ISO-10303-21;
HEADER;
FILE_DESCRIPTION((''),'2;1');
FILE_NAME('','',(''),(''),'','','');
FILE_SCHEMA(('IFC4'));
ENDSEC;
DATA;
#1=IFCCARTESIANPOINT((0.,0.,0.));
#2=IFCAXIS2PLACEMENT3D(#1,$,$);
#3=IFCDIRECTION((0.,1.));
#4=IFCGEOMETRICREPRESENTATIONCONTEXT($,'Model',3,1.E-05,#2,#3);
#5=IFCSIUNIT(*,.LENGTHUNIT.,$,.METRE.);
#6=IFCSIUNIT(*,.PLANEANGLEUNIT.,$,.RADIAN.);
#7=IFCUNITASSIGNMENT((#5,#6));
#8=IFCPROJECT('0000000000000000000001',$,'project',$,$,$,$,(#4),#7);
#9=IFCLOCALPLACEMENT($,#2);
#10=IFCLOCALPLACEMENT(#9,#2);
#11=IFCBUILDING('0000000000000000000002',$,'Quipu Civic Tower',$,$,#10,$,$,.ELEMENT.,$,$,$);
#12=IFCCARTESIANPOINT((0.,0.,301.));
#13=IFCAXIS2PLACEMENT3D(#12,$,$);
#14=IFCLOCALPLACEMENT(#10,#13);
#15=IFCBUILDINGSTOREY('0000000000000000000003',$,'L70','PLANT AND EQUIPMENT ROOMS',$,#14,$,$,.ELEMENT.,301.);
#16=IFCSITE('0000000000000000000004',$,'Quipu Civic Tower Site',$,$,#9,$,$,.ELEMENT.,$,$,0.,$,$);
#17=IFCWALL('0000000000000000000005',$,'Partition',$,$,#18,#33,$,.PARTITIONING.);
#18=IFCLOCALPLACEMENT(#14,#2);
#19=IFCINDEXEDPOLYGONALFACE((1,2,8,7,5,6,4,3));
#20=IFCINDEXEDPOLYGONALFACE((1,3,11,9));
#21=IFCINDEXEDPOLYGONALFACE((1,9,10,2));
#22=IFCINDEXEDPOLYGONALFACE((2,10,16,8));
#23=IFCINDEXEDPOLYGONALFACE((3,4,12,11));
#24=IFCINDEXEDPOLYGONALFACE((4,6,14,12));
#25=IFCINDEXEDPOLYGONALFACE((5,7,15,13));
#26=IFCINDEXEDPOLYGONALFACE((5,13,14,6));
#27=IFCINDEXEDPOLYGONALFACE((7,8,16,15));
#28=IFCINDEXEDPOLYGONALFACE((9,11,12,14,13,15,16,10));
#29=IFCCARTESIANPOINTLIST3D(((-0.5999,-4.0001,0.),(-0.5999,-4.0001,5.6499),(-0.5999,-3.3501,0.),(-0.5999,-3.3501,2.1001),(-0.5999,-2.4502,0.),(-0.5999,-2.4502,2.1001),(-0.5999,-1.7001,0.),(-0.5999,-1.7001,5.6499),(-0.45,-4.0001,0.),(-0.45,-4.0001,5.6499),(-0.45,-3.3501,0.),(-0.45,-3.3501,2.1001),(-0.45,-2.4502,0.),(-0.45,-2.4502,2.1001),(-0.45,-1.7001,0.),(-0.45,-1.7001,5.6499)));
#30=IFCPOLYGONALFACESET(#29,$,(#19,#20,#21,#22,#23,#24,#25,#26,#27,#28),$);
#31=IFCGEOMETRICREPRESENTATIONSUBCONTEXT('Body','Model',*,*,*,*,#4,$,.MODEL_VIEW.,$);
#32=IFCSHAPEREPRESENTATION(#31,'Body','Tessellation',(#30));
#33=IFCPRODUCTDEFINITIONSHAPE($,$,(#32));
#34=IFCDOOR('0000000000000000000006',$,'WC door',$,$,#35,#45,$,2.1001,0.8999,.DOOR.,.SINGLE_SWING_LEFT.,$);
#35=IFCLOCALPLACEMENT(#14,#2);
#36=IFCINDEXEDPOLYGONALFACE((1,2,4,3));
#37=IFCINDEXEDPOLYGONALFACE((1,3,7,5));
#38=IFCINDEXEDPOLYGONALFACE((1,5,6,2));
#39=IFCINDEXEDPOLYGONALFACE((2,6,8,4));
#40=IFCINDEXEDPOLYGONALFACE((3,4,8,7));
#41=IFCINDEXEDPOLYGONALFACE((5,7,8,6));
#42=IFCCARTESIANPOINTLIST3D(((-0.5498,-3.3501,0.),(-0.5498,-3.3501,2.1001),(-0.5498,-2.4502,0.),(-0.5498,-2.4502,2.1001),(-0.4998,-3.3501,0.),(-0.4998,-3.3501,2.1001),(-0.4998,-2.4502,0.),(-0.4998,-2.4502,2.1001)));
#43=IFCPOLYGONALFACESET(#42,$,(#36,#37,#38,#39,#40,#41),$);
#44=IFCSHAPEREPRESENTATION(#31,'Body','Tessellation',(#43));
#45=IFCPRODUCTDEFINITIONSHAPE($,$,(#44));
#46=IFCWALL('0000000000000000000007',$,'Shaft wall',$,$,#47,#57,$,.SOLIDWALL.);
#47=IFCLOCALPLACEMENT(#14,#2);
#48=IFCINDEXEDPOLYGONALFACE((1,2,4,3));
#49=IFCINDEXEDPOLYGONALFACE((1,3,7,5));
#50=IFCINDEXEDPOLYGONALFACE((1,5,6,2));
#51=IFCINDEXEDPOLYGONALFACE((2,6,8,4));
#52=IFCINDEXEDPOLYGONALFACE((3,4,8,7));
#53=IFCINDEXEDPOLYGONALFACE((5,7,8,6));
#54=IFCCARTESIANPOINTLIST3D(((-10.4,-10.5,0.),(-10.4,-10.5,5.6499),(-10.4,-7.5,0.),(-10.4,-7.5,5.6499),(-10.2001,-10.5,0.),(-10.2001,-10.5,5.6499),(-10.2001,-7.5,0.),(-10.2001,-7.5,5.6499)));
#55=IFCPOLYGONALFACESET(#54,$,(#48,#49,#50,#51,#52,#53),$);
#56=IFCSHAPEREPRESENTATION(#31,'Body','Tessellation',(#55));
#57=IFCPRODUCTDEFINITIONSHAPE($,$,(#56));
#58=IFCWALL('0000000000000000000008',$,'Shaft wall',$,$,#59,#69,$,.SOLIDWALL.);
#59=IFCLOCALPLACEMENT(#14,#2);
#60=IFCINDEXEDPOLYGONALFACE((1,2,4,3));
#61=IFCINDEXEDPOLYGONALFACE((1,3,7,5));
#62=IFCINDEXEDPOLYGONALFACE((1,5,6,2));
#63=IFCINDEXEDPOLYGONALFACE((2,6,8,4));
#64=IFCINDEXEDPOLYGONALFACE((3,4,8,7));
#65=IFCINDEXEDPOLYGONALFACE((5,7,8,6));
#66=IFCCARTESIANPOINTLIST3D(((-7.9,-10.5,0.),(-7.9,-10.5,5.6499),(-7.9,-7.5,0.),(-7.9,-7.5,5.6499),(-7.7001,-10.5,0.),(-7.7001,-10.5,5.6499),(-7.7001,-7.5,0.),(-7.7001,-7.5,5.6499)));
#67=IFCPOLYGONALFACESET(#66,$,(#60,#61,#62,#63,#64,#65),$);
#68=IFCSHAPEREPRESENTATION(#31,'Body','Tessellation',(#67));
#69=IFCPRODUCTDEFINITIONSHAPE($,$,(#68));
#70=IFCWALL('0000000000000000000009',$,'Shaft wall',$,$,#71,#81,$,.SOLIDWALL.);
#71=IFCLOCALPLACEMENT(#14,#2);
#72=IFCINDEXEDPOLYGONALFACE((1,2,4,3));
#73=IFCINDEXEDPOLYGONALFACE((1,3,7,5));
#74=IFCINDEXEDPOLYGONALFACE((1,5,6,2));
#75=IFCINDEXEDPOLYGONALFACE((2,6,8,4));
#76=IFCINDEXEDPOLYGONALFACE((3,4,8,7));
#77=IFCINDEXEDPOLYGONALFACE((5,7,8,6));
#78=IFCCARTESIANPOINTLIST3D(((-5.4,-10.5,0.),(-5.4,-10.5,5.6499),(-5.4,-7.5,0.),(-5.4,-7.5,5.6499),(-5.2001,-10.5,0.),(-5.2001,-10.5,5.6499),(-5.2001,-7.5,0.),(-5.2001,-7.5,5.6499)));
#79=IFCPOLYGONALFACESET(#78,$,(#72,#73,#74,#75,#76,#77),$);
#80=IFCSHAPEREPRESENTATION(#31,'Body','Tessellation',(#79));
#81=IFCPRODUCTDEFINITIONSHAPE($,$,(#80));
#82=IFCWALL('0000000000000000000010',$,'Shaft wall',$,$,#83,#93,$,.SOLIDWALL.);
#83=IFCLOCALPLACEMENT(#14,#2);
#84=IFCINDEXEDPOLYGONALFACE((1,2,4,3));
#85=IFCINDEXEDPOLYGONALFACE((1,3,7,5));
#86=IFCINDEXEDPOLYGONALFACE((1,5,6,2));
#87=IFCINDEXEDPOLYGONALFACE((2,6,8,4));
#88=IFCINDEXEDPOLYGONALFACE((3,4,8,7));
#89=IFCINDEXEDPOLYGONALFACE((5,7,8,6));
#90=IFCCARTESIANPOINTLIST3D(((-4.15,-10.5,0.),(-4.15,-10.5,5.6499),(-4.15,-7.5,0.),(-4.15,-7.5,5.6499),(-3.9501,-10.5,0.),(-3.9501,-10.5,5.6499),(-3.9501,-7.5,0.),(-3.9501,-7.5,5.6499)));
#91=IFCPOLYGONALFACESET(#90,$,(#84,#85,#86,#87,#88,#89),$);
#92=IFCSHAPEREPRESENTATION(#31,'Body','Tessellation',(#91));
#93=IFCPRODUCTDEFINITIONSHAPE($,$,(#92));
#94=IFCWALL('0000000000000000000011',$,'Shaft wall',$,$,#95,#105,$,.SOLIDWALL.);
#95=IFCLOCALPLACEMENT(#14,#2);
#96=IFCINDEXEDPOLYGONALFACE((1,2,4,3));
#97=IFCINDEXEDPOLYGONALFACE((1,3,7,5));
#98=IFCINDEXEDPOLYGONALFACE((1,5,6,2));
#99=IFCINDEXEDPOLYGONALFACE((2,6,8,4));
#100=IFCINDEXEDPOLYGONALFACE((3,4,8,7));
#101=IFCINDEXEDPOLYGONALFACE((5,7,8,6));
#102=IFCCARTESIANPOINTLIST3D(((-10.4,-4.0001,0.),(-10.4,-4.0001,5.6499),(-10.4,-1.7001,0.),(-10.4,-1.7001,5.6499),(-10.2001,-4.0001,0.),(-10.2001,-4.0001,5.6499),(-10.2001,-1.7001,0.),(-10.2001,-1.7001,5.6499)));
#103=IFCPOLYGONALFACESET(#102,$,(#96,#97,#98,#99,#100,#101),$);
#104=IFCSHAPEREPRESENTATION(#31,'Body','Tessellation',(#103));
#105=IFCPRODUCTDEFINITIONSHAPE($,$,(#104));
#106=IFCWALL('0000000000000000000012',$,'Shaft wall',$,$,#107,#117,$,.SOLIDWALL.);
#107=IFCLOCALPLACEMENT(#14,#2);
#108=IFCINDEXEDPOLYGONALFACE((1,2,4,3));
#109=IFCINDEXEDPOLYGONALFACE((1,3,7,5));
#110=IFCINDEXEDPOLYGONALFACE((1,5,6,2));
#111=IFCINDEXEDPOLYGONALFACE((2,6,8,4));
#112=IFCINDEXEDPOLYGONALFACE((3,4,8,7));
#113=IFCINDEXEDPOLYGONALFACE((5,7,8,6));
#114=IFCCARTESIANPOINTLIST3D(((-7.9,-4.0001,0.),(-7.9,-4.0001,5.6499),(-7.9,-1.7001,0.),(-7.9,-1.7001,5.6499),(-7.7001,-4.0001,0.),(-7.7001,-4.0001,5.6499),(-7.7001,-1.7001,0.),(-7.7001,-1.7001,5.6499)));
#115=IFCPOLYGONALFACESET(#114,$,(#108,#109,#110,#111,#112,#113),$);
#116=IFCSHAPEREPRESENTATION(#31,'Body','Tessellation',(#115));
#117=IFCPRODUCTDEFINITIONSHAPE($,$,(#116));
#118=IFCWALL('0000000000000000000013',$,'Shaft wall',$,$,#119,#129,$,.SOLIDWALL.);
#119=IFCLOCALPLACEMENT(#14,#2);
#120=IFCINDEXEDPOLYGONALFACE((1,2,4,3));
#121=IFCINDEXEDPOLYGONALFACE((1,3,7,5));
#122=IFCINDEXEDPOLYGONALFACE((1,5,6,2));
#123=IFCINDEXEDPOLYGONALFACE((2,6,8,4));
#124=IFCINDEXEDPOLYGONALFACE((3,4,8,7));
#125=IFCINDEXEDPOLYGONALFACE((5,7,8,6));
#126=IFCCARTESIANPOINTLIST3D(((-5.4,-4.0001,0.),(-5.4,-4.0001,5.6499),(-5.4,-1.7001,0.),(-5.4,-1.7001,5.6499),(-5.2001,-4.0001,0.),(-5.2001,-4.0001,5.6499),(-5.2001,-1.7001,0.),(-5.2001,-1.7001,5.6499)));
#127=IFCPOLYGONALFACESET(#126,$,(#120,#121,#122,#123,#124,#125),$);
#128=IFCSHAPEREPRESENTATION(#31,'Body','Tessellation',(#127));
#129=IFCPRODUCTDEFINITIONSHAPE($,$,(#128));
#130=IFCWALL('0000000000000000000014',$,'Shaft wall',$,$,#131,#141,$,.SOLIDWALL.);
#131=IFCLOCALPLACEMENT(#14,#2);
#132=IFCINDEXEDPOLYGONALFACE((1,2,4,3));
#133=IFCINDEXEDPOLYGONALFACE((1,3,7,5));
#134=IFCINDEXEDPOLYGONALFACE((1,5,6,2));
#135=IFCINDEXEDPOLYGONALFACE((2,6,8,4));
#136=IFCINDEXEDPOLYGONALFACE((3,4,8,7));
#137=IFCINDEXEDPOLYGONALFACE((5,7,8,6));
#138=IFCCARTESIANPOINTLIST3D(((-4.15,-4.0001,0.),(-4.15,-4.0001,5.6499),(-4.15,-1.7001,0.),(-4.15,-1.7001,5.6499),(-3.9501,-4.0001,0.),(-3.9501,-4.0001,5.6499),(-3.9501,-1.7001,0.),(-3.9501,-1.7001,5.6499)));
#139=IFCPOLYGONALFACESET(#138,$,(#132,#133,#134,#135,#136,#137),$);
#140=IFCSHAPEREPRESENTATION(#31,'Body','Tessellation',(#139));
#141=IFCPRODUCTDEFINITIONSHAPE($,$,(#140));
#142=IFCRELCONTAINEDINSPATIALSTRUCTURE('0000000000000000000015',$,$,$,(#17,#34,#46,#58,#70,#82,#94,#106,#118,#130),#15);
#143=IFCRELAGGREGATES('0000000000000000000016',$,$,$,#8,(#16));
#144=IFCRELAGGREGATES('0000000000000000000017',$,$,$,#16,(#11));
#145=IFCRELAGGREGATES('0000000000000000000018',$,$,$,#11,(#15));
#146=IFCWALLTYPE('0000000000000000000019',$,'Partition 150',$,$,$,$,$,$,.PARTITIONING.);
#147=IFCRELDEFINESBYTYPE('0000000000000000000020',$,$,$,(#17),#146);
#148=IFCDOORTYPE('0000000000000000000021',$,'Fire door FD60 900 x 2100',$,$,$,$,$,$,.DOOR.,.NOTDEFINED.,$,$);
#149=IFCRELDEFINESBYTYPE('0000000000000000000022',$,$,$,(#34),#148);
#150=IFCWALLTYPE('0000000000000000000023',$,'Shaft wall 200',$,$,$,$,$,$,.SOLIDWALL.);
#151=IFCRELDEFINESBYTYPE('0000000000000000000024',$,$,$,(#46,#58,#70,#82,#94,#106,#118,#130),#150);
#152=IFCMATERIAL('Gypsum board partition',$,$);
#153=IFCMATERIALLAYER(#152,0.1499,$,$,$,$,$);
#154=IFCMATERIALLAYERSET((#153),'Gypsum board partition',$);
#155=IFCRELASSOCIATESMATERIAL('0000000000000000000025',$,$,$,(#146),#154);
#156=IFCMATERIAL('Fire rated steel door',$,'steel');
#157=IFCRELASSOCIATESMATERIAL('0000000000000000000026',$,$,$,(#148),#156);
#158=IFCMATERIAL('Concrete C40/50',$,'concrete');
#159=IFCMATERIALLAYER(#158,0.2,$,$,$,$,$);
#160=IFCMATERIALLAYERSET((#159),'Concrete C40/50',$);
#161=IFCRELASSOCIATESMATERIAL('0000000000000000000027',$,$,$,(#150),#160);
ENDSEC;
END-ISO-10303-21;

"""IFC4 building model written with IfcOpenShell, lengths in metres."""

from ifc_helpers import new_model, si_unit, direction, frame, frame_2d, origin, place, context, subcontext, project, spatial, rectangle, extrude, material, layer, layer_set, type_object, element, fill, save


model = new_model("IFC4")

# Units and contexts
model_context = context("Model", 3, precision=1e-05, world=origin(), true_north=direction((0.0, 1.0)))
body_context = subcontext(model_context, "Body", "Model", "MODEL_VIEW")
ifc_project = project(units=[si_unit("LENGTHUNIT", "METRE"), si_unit("PLANEANGLEUNIT", "RADIAN")], contexts=[model_context])

# Site, building, storey
site_placement = place(None, origin())
site = spatial("IfcSite", under=ifc_project, at=site_placement, Name="Quipu Civic Tower Site", CompositionType="ELEMENT", RefElevation=0.0)
building_placement = place(site_placement, origin())
building = spatial("IfcBuilding", under=site, at=building_placement, Name="Quipu Civic Tower", CompositionType="ELEMENT")
storey_placement = place(building_placement, frame((0.0, 0.0, 301.0)))
storey = spatial("IfcBuildingStorey", under=building, at=storey_placement, Name="L70", Description="PLANT AND EQUIPMENT ROOMS", CompositionType="ELEMENT", Elevation=301.0)

# Shared definitions
ifc_material_1 = material(Name="Gypsum board partition")
ifc_layer_1 = layer(ifc_material_1, 0.1499)
ifc_layer_set_1 = layer_set([ifc_layer_1], Name="Gypsum board partition")
wall_type_1 = type_object("IfcWallType", Name="Partition 150", PredefinedType="PARTITIONING", material=ifc_layer_set_1)

# Wall, opening, door
wall_1_placement = place(storey_placement, frame((-0.5249, -4.0, 0.0), z_axis=(0.0, 0.0, 1.0), x_axis=(0.0, 1.0, 0.0)))
wall_1 = element("IfcWall", 1, at=wall_1_placement, inside=storey, type_object=wall_type_1, Name="Partition", PredefinedType="PARTITIONING", context=body_context, shape_type="SweptSolid", body=[
    extrude(rectangle(XDim=2.3, YDim=0.1499, at=frame_2d((1.1499, 0.0))), origin(), (0.0, 0.0, 1.0), 5.6499),
])
opening_1_placement = place(wall_1_placement, frame((0.6499, 0.0, 0.0)))
opening_1 = element("IfcOpeningElement", 2, at=opening_1_placement, cuts=wall_1, PredefinedType="OPENING", context=body_context, shape_type="SweptSolid", body=[
    extrude(rectangle(XDim=0.8999, YDim=2.1001, at=frame_2d((0.45, 1.05))), frame((0.0, 0.085, 0.0), z_axis=(0.0, -1.0, 0.0), x_axis=(1.0, 0.0, 0.0)), (0.0, 0.0, 1.0), 0.1699),
])
ifc_material_2 = material(Name="Fire rated steel door", Category="steel")
door_type_1 = type_object("IfcDoorType", Name="Fire door FD60 900 x 2100", OperationType="NOTDEFINED", PredefinedType="DOOR", material=ifc_material_2)
door_1_placement = place(opening_1_placement, origin())
door_1 = element("IfcDoor", 3, at=door_1_placement, inside=storey, type_object=door_type_1, Name="WC door", OperationType="SINGLE_SWING_LEFT", OverallHeight=2.1001, OverallWidth=0.8999, PredefinedType="DOOR", context=body_context, shape_type="SweptSolid", body=[
    extrude(rectangle(XDim=0.8999, YDim=2.1001, at=frame_2d((0.45, 1.05))), frame((0.0, 0.0249, 0.0), z_axis=(0.0, -1.0, 0.0), x_axis=(1.0, 0.0, 0.0)), (0.0, 0.0, 1.0), 0.05),
])
fill(opening_1, door_1)

# Walls
ifc_material_3 = material(Name="Concrete C40/50", Category="concrete")
ifc_layer_2 = layer(ifc_material_3, 0.2)
ifc_layer_set_2 = layer_set([ifc_layer_2], Name="Concrete C40/50")
wall_type_2 = type_object("IfcWallType", Name="Shaft wall 200", PredefinedType="SOLIDWALL", material=ifc_layer_set_2)
for number, where, z_axis, x_axis, name in (
    (4, (-10.3, -10.5, 0.0), (0.0, 0.0, 1.0), (0.0, 1.0, 0.0), "Shaft wall"),
    (5, (-7.8, -10.5, 0.0), (0.0, 0.0, 1.0), (0.0, 1.0, 0.0), "Shaft wall"),
    (6, (-5.3, -10.5, 0.0), (0.0, 0.0, 1.0), (0.0, 1.0, 0.0), "Shaft wall"),
    (7, (-4.05, -10.5, 0.0), (0.0, 0.0, 1.0), (0.0, 1.0, 0.0), "Shaft wall"),
):
    element("IfcWall", number, at=place(storey_placement, frame(where, z_axis=z_axis, x_axis=x_axis)), inside=storey, type_object=wall_type_2, Name=name, PredefinedType="SOLIDWALL", context=body_context, shape_type="SweptSolid", body=[
        extrude(rectangle(XDim=3.0, YDim=0.2, at=frame_2d((1.5, 0.0))), origin(), (0.0, 0.0, 1.0), 5.6499),
    ])
for number, where, z_axis, x_axis, name in (
    (8, (-10.3, -4.0, 0.0), (0.0, 0.0, 1.0), (0.0, 1.0, 0.0), "Shaft wall"),
    (9, (-7.8, -4.0, 0.0), (0.0, 0.0, 1.0), (0.0, 1.0, 0.0), "Shaft wall"),
    (10, (-5.3, -4.0, 0.0), (0.0, 0.0, 1.0), (0.0, 1.0, 0.0), "Shaft wall"),
    (11, (-4.05, -4.0, 0.0), (0.0, 0.0, 1.0), (0.0, 1.0, 0.0), "Shaft wall"),
):
    element("IfcWall", number, at=place(storey_placement, frame(where, z_axis=z_axis, x_axis=x_axis)), inside=storey, type_object=wall_type_2, Name=name, PredefinedType="SOLIDWALL", context=body_context, shape_type="SweptSolid", body=[
        extrude(rectangle(XDim=2.3, YDim=0.2, at=frame_2d((1.1499, 0.0))), origin(), (0.0, 0.0, 1.0), 5.6499),
    ])

save(model, "model.ifc")
